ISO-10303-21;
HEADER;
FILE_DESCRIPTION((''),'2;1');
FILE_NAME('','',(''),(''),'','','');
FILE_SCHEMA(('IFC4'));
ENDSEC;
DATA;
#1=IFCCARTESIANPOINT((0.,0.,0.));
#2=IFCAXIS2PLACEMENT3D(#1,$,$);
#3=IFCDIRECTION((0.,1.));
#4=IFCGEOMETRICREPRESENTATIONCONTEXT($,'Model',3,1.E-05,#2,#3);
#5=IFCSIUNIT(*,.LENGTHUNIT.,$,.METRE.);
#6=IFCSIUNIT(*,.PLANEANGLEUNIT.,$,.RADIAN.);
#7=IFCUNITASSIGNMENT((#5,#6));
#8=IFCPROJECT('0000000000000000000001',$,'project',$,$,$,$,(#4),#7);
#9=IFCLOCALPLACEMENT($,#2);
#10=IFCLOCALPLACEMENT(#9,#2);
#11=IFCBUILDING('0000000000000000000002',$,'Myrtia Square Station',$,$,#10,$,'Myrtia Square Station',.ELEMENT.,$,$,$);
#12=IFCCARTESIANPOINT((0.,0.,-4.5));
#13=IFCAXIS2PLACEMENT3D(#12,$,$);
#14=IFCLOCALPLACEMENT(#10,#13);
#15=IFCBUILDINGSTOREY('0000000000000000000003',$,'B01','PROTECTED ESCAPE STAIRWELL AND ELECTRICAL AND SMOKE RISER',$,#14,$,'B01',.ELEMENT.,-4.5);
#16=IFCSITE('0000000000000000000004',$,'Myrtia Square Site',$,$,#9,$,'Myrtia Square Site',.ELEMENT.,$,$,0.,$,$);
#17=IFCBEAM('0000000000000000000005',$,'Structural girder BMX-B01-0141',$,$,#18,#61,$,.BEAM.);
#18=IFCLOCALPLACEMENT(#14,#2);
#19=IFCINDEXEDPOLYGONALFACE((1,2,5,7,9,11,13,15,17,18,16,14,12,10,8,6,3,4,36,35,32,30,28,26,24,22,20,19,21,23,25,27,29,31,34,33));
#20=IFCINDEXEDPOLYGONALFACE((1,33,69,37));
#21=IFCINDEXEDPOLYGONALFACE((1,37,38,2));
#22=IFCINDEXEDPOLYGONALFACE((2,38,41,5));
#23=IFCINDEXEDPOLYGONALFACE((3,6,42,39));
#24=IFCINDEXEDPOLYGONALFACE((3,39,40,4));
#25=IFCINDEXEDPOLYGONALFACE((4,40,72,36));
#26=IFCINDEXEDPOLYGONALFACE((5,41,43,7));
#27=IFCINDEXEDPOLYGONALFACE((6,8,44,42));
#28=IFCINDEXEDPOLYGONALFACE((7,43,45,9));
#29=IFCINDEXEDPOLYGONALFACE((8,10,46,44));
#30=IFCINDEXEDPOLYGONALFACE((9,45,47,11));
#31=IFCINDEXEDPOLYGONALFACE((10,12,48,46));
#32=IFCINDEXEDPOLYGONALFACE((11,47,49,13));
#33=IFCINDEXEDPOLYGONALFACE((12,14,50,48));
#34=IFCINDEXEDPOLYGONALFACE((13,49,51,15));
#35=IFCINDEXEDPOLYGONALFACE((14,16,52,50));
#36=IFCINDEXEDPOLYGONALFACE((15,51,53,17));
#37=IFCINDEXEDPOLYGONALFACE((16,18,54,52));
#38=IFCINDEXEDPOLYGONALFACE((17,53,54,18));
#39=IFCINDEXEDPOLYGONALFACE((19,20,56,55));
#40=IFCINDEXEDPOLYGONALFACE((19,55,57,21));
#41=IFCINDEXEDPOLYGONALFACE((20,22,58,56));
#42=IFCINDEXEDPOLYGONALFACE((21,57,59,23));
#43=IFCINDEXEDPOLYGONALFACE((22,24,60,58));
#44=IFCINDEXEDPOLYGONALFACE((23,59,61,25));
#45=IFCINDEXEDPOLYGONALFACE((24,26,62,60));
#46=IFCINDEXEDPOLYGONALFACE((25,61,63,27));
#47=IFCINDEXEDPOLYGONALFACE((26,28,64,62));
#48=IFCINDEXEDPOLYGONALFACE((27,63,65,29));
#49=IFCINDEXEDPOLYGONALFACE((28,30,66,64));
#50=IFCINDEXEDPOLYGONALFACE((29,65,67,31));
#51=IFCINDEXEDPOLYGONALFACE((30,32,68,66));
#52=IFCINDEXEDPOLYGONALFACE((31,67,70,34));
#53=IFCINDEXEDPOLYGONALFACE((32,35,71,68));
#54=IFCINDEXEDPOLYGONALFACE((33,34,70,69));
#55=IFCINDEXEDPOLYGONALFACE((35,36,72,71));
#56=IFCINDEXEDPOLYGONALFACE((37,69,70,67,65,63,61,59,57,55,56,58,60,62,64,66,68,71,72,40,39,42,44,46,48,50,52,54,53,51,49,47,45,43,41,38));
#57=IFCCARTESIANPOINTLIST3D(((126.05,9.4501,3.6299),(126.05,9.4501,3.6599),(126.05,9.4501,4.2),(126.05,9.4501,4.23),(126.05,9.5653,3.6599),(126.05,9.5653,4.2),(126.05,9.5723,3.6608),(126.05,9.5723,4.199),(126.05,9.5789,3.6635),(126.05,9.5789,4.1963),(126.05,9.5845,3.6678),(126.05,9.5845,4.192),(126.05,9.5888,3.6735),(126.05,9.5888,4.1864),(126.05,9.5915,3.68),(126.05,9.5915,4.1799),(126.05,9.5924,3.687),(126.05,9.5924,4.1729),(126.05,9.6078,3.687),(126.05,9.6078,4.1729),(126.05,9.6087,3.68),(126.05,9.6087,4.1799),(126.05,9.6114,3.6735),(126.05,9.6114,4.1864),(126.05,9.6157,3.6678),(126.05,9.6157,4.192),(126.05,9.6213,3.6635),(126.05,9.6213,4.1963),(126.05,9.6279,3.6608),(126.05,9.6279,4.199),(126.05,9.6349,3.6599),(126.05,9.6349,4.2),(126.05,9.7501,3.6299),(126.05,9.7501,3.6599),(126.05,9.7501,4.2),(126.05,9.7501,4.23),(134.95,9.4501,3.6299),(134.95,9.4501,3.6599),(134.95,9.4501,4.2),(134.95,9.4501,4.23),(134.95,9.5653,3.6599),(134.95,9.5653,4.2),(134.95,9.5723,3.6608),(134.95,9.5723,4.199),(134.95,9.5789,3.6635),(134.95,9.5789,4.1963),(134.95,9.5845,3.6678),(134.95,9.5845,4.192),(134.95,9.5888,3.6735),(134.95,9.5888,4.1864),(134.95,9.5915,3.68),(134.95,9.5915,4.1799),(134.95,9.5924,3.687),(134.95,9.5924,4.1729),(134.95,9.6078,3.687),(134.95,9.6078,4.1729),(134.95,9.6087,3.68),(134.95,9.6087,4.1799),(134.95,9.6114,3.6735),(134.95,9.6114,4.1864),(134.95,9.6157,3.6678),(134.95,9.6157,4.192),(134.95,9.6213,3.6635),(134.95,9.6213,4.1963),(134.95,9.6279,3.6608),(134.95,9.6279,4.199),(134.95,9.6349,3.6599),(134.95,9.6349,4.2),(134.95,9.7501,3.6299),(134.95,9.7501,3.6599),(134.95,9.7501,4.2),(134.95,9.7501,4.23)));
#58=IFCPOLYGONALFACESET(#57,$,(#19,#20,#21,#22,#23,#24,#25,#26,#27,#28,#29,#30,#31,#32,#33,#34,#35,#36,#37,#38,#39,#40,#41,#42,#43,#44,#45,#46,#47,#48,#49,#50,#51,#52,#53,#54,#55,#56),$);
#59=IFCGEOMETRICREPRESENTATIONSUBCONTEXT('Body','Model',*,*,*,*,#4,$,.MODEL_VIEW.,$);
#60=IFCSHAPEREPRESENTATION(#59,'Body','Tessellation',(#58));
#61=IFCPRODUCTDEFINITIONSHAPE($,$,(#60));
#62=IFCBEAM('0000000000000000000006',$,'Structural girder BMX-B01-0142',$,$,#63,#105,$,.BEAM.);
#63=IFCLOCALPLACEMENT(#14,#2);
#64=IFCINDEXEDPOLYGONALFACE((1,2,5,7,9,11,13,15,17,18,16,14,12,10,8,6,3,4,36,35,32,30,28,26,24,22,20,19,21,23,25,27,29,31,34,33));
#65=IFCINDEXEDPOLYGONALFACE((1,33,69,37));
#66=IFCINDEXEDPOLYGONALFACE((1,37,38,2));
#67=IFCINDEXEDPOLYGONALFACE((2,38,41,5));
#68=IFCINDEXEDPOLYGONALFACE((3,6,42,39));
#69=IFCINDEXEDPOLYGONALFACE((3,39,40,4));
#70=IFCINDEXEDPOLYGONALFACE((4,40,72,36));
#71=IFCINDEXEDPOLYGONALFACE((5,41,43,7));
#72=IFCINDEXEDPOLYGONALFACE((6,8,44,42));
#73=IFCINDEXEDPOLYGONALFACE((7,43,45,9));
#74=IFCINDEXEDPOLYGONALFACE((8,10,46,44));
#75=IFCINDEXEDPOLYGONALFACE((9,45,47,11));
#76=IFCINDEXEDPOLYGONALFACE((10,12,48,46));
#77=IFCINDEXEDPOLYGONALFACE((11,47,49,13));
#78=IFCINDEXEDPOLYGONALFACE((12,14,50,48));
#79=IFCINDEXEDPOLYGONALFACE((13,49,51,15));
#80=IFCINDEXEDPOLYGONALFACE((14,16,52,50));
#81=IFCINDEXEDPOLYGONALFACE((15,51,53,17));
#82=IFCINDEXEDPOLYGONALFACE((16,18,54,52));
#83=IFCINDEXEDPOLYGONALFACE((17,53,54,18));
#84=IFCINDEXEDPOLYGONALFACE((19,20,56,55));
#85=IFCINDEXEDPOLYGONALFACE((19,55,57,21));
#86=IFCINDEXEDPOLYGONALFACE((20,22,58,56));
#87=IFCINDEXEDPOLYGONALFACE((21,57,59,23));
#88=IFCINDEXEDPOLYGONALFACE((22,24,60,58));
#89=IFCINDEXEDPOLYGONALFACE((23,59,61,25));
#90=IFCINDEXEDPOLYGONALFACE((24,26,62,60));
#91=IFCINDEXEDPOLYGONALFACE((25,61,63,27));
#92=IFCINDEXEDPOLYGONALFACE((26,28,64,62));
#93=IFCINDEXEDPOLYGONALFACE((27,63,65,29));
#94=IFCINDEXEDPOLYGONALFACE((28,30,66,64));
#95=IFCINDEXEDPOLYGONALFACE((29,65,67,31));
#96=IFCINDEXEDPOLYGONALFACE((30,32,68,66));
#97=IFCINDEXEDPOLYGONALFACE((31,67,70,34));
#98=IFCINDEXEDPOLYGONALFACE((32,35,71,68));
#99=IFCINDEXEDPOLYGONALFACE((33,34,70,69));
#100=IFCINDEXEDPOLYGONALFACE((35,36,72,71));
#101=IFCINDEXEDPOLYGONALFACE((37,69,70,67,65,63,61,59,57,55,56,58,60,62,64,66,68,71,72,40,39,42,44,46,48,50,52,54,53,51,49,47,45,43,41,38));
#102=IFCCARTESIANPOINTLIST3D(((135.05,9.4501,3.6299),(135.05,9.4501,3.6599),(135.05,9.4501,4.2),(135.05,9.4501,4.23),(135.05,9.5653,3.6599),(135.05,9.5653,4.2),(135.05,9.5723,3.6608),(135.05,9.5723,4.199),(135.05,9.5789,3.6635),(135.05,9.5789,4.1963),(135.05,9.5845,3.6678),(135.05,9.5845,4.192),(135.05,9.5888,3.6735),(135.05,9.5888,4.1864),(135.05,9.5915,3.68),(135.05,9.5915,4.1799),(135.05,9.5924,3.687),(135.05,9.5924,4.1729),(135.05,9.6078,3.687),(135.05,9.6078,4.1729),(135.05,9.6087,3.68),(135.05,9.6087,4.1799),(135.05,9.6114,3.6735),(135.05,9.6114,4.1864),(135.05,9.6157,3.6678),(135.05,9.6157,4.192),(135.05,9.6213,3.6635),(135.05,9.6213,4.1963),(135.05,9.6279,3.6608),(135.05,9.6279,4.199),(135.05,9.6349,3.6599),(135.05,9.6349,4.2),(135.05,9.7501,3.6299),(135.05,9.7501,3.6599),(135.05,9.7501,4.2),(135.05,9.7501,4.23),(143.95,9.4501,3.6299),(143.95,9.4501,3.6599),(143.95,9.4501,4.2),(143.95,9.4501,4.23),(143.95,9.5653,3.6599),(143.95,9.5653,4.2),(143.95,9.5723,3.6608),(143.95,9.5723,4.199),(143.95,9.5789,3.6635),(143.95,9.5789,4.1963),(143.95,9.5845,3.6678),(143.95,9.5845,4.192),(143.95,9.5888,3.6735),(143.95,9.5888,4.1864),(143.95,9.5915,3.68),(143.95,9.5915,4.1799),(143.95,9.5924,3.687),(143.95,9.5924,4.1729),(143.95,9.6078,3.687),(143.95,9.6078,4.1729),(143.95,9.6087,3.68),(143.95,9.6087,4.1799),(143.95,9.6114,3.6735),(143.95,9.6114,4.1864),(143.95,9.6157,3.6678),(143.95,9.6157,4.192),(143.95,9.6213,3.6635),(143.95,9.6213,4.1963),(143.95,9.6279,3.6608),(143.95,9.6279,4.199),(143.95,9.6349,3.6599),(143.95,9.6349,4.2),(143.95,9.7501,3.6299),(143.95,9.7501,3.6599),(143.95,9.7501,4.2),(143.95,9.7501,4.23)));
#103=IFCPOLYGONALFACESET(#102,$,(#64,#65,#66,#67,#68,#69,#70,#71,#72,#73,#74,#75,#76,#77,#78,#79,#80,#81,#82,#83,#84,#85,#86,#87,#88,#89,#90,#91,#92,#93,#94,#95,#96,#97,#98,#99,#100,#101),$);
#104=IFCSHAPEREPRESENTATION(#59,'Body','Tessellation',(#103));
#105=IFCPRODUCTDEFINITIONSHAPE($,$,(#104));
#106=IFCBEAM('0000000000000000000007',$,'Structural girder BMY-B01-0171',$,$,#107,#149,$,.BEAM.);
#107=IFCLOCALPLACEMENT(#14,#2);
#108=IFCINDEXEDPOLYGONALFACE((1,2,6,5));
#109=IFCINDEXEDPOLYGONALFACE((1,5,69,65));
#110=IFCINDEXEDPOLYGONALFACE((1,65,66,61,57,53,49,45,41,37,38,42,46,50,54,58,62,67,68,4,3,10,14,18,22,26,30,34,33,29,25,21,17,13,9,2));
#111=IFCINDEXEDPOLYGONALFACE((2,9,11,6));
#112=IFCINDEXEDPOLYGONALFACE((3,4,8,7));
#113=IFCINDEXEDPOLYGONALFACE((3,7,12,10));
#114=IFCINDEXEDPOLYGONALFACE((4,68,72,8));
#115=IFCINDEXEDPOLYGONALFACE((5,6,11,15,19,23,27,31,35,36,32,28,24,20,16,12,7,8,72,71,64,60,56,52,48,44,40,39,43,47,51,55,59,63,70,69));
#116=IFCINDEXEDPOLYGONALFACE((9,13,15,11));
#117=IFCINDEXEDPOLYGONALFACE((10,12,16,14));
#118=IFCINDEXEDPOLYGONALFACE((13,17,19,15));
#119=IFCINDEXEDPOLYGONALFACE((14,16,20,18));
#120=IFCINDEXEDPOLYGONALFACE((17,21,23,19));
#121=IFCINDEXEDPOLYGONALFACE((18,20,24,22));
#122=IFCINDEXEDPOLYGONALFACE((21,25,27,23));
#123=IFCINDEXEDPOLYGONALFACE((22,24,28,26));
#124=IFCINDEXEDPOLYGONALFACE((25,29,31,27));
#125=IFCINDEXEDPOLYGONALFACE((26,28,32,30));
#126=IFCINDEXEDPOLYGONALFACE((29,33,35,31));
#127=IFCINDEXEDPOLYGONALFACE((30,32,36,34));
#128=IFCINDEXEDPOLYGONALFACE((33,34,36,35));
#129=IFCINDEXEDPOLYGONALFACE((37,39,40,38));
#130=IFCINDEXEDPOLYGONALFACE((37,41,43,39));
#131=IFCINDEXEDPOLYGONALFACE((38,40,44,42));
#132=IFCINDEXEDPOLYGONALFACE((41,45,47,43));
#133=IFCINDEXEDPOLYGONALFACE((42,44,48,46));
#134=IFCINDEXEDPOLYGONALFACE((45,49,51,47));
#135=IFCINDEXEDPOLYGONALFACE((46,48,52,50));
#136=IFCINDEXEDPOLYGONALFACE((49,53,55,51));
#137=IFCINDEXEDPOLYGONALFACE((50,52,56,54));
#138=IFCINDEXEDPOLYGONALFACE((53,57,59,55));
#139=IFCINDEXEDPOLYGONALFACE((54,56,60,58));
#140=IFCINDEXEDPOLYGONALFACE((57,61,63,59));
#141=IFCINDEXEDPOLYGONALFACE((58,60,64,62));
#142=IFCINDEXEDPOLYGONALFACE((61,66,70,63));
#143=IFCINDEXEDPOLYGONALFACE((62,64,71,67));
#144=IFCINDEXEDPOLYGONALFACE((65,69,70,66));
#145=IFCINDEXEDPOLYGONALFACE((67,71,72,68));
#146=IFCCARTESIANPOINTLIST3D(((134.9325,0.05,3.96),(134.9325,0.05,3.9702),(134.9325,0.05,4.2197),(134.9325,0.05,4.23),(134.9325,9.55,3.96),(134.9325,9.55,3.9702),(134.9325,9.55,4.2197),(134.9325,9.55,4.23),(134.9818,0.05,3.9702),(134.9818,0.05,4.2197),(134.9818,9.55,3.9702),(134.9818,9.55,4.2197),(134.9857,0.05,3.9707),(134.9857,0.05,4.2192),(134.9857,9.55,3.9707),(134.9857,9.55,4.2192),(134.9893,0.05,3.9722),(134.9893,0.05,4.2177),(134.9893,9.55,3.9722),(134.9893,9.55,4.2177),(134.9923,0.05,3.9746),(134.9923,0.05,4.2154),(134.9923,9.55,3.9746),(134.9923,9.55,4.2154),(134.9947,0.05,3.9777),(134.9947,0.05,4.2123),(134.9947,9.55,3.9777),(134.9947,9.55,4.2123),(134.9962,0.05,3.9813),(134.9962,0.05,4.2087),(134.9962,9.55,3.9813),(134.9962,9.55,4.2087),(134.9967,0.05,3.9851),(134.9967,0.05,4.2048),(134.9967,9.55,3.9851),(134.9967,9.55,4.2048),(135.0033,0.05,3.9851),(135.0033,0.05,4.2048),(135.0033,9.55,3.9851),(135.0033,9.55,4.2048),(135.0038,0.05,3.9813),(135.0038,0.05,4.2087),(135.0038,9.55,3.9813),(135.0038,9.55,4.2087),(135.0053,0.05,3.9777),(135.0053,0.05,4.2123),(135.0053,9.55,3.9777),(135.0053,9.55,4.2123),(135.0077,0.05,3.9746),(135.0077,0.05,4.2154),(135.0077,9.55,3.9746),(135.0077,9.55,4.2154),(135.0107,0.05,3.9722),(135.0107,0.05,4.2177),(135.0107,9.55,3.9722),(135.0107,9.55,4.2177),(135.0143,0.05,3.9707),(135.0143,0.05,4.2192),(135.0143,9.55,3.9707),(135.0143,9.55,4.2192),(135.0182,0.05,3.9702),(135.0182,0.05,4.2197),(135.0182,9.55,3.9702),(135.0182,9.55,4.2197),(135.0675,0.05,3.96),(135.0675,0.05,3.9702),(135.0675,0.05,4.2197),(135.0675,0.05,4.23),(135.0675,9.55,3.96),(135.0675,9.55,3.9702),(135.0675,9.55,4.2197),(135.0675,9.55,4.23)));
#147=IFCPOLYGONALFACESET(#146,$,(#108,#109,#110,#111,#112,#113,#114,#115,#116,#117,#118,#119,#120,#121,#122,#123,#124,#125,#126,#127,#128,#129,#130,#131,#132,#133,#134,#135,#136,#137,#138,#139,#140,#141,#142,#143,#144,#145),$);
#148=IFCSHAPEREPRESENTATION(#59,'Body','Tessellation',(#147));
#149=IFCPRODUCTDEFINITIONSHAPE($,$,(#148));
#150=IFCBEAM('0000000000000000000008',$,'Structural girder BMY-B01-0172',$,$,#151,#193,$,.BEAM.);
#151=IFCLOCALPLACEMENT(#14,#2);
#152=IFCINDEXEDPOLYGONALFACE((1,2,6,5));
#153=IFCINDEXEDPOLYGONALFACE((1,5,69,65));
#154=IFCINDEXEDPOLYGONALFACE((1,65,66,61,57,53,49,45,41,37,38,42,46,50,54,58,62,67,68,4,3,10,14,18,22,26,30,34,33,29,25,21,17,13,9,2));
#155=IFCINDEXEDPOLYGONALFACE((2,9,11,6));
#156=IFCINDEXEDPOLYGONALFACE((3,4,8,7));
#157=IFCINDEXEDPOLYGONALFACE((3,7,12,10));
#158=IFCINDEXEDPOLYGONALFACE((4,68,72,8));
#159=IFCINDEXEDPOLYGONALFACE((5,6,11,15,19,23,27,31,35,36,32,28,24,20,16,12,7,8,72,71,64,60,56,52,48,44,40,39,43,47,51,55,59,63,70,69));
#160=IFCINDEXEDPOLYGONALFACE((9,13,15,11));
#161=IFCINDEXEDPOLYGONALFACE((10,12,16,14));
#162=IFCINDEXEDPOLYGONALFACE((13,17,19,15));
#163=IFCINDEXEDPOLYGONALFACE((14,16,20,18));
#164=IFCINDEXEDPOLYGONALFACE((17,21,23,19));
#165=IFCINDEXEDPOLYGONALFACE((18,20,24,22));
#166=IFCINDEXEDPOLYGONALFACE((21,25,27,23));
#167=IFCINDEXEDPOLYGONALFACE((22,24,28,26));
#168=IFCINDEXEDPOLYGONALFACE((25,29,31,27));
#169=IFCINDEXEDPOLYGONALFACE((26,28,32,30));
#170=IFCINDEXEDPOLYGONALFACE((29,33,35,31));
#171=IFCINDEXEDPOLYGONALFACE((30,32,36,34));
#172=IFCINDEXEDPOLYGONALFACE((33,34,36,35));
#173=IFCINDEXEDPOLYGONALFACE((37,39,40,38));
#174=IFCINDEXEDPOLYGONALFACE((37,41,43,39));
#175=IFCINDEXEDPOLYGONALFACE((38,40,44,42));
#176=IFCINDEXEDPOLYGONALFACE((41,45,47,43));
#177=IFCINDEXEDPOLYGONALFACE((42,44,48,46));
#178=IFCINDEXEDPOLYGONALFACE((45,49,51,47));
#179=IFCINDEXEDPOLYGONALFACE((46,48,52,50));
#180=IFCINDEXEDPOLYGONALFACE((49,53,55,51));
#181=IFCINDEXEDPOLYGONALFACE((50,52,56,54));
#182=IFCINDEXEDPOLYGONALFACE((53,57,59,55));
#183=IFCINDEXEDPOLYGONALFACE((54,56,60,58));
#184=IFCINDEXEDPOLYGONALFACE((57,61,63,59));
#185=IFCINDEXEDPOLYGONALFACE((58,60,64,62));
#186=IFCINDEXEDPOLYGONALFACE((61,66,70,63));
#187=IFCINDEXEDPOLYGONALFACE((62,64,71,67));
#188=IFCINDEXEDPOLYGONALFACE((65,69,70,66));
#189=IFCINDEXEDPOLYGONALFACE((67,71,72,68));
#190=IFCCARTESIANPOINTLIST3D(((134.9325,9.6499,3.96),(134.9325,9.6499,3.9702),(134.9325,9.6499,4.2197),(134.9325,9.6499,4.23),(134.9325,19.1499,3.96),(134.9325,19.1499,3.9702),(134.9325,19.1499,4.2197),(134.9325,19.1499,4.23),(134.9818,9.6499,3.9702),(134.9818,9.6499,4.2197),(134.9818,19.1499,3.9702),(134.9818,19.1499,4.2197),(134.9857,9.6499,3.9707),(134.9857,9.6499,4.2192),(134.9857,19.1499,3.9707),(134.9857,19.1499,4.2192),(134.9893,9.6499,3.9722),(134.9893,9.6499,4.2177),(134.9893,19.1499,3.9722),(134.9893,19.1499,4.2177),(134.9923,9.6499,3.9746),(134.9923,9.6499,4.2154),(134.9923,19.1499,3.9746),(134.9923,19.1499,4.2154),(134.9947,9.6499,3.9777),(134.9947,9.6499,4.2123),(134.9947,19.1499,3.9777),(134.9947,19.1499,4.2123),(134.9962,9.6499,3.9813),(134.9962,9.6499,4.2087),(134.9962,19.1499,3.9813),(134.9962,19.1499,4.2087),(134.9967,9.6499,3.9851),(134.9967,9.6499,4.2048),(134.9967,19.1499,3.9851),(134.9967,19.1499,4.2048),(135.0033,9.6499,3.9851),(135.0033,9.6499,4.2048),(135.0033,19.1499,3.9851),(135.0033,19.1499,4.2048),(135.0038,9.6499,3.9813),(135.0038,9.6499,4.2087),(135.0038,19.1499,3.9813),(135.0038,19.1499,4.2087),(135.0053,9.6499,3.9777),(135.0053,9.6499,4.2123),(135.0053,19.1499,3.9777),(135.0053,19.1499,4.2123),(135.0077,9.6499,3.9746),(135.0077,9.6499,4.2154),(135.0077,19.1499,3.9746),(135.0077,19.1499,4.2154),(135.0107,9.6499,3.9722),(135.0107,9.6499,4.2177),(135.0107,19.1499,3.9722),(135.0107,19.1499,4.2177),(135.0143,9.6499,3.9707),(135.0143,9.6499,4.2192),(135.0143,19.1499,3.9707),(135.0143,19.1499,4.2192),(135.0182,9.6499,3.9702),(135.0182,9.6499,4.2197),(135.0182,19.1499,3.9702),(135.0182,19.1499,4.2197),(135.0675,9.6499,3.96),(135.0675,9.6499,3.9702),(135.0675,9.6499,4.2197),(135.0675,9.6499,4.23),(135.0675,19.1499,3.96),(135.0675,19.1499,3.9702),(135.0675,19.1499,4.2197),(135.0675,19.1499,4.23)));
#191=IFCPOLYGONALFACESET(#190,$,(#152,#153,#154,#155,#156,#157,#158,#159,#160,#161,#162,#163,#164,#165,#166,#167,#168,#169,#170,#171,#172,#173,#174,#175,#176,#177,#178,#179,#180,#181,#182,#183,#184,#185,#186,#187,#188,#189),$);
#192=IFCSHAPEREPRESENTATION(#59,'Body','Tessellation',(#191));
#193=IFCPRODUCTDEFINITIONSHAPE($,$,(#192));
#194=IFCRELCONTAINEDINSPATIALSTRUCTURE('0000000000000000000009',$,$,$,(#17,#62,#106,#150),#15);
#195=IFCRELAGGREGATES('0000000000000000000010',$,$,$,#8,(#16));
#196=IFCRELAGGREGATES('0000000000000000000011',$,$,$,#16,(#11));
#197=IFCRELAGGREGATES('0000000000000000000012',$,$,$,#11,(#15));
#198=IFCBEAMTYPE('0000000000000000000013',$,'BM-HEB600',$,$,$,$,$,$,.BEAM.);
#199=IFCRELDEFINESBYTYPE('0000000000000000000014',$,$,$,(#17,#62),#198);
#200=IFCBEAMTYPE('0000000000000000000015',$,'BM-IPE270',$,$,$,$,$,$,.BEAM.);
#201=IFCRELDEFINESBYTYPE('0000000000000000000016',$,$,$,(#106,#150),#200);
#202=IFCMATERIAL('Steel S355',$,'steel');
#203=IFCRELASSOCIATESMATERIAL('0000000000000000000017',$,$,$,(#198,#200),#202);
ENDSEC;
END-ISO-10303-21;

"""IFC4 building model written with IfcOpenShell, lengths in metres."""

from ifc_helpers import new_model, si_unit, direction, frame, origin, origin_2d, place, context, subcontext, project, spatial, i_section, extrude, material, material_profile, profile_set, type_object, element, save


model = new_model("IFC4")

# Units and contexts
model_context = context("Model", 3, precision=1e-05, world=origin(), true_north=direction((0.0, 1.0)))
body_context = subcontext(model_context, "Body", "Model", "MODEL_VIEW")
ifc_project = project(units=[si_unit("LENGTHUNIT", "METRE"), si_unit("PLANEANGLEUNIT", "RADIAN")], contexts=[model_context])

# Site, building, storey
site_placement = place(None, origin())
site = spatial("IfcSite", under=ifc_project, at=site_placement, Name="Myrtia Square Site", LongName="Myrtia Square Site", CompositionType="ELEMENT", RefElevation=0.0)
building_placement = place(site_placement, origin())
building = spatial("IfcBuilding", under=site, at=building_placement, Name="Myrtia Square Station", LongName="Myrtia Square Station", CompositionType="ELEMENT")
storey_placement = place(building_placement, frame((0.0, 0.0, -4.5)))
storey = spatial("IfcBuildingStorey", under=building, at=storey_placement, Name="B01", Description="PROTECTED ESCAPE STAIRWELL AND ELECTRICAL AND SMOKE RISER", LongName="B01", CompositionType="ELEMENT", Elevation=-4.5)

# Shared definitions
ifc_material_1 = material(Name="Steel S355", Category="steel")

# Beams
ifc_material_profile_1 = material_profile(ifc_material_1, i_section(OverallWidth=0.3, OverallDepth=0.6001, WebThickness=0.0154, FlangeThickness=0.03, FilletRadius=0.0271, at=origin_2d()), Name="HEB 600")
ifc_profile_set_1 = profile_set([ifc_material_profile_1], Name="Steel S355")
beam_type_1 = type_object("IfcBeamType", Name="BM-HEB600", PredefinedType="BEAM", material=ifc_profile_set_1)
for number, where, z_axis, x_axis, name in (
    (1, (126.05, 9.6001, 3.9299), (1.0, 0.0, 0.0), (0.0, 1.0, 0.0), "Structural girder BMX-B01-0141"),
    (2, (135.05, 9.6001, 3.9299), (1.0, 0.0, 0.0), (0.0, 1.0, 0.0), "Structural girder BMX-B01-0142"),
):
    element("IfcBeam", number, at=place(storey_placement, frame(where, z_axis=z_axis, x_axis=x_axis)), inside=storey, type_object=beam_type_1, Name=name, PredefinedType="BEAM", context=body_context, shape_type="SweptSolid", body=[
        extrude(i_section(OverallWidth=0.3, OverallDepth=0.6001, WebThickness=0.0154, FlangeThickness=0.03, FilletRadius=0.0271, at=origin_2d()), origin(), (0.0, 0.0, 1.0), 8.8999),
    ])
ifc_material_profile_2 = material_profile(ifc_material_1, i_section(OverallWidth=0.135, OverallDepth=0.27, WebThickness=0.0066, FlangeThickness=0.0103, FilletRadius=0.0149, at=origin_2d()), Name="IPE 270")
ifc_profile_set_2 = profile_set([ifc_material_profile_2], Name="Steel S355")
beam_type_2 = type_object("IfcBeamType", Name="BM-IPE270", PredefinedType="BEAM", material=ifc_profile_set_2)
for number, where, z_axis, x_axis, name in (
    (3, (135.0, 0.05, 4.095), (0.0, 1.0, 0.0), (-1.0, 0.0, 0.0), "Structural girder BMY-B01-0171"),
    (4, (135.0, 9.6499, 4.095), (0.0, 1.0, 0.0), (-1.0, 0.0, 0.0), "Structural girder BMY-B01-0172"),
):
    element("IfcBeam", number, at=place(storey_placement, frame(where, z_axis=z_axis, x_axis=x_axis)), inside=storey, type_object=beam_type_2, Name=name, PredefinedType="BEAM", context=body_context, shape_type="SweptSolid", body=[
        extrude(i_section(OverallWidth=0.135, OverallDepth=0.27, WebThickness=0.0066, FlangeThickness=0.0103, FilletRadius=0.0149, at=origin_2d()), origin(), (0.0, 0.0, 1.0), 9.5),
    ])

save(model, "model.ifc")
